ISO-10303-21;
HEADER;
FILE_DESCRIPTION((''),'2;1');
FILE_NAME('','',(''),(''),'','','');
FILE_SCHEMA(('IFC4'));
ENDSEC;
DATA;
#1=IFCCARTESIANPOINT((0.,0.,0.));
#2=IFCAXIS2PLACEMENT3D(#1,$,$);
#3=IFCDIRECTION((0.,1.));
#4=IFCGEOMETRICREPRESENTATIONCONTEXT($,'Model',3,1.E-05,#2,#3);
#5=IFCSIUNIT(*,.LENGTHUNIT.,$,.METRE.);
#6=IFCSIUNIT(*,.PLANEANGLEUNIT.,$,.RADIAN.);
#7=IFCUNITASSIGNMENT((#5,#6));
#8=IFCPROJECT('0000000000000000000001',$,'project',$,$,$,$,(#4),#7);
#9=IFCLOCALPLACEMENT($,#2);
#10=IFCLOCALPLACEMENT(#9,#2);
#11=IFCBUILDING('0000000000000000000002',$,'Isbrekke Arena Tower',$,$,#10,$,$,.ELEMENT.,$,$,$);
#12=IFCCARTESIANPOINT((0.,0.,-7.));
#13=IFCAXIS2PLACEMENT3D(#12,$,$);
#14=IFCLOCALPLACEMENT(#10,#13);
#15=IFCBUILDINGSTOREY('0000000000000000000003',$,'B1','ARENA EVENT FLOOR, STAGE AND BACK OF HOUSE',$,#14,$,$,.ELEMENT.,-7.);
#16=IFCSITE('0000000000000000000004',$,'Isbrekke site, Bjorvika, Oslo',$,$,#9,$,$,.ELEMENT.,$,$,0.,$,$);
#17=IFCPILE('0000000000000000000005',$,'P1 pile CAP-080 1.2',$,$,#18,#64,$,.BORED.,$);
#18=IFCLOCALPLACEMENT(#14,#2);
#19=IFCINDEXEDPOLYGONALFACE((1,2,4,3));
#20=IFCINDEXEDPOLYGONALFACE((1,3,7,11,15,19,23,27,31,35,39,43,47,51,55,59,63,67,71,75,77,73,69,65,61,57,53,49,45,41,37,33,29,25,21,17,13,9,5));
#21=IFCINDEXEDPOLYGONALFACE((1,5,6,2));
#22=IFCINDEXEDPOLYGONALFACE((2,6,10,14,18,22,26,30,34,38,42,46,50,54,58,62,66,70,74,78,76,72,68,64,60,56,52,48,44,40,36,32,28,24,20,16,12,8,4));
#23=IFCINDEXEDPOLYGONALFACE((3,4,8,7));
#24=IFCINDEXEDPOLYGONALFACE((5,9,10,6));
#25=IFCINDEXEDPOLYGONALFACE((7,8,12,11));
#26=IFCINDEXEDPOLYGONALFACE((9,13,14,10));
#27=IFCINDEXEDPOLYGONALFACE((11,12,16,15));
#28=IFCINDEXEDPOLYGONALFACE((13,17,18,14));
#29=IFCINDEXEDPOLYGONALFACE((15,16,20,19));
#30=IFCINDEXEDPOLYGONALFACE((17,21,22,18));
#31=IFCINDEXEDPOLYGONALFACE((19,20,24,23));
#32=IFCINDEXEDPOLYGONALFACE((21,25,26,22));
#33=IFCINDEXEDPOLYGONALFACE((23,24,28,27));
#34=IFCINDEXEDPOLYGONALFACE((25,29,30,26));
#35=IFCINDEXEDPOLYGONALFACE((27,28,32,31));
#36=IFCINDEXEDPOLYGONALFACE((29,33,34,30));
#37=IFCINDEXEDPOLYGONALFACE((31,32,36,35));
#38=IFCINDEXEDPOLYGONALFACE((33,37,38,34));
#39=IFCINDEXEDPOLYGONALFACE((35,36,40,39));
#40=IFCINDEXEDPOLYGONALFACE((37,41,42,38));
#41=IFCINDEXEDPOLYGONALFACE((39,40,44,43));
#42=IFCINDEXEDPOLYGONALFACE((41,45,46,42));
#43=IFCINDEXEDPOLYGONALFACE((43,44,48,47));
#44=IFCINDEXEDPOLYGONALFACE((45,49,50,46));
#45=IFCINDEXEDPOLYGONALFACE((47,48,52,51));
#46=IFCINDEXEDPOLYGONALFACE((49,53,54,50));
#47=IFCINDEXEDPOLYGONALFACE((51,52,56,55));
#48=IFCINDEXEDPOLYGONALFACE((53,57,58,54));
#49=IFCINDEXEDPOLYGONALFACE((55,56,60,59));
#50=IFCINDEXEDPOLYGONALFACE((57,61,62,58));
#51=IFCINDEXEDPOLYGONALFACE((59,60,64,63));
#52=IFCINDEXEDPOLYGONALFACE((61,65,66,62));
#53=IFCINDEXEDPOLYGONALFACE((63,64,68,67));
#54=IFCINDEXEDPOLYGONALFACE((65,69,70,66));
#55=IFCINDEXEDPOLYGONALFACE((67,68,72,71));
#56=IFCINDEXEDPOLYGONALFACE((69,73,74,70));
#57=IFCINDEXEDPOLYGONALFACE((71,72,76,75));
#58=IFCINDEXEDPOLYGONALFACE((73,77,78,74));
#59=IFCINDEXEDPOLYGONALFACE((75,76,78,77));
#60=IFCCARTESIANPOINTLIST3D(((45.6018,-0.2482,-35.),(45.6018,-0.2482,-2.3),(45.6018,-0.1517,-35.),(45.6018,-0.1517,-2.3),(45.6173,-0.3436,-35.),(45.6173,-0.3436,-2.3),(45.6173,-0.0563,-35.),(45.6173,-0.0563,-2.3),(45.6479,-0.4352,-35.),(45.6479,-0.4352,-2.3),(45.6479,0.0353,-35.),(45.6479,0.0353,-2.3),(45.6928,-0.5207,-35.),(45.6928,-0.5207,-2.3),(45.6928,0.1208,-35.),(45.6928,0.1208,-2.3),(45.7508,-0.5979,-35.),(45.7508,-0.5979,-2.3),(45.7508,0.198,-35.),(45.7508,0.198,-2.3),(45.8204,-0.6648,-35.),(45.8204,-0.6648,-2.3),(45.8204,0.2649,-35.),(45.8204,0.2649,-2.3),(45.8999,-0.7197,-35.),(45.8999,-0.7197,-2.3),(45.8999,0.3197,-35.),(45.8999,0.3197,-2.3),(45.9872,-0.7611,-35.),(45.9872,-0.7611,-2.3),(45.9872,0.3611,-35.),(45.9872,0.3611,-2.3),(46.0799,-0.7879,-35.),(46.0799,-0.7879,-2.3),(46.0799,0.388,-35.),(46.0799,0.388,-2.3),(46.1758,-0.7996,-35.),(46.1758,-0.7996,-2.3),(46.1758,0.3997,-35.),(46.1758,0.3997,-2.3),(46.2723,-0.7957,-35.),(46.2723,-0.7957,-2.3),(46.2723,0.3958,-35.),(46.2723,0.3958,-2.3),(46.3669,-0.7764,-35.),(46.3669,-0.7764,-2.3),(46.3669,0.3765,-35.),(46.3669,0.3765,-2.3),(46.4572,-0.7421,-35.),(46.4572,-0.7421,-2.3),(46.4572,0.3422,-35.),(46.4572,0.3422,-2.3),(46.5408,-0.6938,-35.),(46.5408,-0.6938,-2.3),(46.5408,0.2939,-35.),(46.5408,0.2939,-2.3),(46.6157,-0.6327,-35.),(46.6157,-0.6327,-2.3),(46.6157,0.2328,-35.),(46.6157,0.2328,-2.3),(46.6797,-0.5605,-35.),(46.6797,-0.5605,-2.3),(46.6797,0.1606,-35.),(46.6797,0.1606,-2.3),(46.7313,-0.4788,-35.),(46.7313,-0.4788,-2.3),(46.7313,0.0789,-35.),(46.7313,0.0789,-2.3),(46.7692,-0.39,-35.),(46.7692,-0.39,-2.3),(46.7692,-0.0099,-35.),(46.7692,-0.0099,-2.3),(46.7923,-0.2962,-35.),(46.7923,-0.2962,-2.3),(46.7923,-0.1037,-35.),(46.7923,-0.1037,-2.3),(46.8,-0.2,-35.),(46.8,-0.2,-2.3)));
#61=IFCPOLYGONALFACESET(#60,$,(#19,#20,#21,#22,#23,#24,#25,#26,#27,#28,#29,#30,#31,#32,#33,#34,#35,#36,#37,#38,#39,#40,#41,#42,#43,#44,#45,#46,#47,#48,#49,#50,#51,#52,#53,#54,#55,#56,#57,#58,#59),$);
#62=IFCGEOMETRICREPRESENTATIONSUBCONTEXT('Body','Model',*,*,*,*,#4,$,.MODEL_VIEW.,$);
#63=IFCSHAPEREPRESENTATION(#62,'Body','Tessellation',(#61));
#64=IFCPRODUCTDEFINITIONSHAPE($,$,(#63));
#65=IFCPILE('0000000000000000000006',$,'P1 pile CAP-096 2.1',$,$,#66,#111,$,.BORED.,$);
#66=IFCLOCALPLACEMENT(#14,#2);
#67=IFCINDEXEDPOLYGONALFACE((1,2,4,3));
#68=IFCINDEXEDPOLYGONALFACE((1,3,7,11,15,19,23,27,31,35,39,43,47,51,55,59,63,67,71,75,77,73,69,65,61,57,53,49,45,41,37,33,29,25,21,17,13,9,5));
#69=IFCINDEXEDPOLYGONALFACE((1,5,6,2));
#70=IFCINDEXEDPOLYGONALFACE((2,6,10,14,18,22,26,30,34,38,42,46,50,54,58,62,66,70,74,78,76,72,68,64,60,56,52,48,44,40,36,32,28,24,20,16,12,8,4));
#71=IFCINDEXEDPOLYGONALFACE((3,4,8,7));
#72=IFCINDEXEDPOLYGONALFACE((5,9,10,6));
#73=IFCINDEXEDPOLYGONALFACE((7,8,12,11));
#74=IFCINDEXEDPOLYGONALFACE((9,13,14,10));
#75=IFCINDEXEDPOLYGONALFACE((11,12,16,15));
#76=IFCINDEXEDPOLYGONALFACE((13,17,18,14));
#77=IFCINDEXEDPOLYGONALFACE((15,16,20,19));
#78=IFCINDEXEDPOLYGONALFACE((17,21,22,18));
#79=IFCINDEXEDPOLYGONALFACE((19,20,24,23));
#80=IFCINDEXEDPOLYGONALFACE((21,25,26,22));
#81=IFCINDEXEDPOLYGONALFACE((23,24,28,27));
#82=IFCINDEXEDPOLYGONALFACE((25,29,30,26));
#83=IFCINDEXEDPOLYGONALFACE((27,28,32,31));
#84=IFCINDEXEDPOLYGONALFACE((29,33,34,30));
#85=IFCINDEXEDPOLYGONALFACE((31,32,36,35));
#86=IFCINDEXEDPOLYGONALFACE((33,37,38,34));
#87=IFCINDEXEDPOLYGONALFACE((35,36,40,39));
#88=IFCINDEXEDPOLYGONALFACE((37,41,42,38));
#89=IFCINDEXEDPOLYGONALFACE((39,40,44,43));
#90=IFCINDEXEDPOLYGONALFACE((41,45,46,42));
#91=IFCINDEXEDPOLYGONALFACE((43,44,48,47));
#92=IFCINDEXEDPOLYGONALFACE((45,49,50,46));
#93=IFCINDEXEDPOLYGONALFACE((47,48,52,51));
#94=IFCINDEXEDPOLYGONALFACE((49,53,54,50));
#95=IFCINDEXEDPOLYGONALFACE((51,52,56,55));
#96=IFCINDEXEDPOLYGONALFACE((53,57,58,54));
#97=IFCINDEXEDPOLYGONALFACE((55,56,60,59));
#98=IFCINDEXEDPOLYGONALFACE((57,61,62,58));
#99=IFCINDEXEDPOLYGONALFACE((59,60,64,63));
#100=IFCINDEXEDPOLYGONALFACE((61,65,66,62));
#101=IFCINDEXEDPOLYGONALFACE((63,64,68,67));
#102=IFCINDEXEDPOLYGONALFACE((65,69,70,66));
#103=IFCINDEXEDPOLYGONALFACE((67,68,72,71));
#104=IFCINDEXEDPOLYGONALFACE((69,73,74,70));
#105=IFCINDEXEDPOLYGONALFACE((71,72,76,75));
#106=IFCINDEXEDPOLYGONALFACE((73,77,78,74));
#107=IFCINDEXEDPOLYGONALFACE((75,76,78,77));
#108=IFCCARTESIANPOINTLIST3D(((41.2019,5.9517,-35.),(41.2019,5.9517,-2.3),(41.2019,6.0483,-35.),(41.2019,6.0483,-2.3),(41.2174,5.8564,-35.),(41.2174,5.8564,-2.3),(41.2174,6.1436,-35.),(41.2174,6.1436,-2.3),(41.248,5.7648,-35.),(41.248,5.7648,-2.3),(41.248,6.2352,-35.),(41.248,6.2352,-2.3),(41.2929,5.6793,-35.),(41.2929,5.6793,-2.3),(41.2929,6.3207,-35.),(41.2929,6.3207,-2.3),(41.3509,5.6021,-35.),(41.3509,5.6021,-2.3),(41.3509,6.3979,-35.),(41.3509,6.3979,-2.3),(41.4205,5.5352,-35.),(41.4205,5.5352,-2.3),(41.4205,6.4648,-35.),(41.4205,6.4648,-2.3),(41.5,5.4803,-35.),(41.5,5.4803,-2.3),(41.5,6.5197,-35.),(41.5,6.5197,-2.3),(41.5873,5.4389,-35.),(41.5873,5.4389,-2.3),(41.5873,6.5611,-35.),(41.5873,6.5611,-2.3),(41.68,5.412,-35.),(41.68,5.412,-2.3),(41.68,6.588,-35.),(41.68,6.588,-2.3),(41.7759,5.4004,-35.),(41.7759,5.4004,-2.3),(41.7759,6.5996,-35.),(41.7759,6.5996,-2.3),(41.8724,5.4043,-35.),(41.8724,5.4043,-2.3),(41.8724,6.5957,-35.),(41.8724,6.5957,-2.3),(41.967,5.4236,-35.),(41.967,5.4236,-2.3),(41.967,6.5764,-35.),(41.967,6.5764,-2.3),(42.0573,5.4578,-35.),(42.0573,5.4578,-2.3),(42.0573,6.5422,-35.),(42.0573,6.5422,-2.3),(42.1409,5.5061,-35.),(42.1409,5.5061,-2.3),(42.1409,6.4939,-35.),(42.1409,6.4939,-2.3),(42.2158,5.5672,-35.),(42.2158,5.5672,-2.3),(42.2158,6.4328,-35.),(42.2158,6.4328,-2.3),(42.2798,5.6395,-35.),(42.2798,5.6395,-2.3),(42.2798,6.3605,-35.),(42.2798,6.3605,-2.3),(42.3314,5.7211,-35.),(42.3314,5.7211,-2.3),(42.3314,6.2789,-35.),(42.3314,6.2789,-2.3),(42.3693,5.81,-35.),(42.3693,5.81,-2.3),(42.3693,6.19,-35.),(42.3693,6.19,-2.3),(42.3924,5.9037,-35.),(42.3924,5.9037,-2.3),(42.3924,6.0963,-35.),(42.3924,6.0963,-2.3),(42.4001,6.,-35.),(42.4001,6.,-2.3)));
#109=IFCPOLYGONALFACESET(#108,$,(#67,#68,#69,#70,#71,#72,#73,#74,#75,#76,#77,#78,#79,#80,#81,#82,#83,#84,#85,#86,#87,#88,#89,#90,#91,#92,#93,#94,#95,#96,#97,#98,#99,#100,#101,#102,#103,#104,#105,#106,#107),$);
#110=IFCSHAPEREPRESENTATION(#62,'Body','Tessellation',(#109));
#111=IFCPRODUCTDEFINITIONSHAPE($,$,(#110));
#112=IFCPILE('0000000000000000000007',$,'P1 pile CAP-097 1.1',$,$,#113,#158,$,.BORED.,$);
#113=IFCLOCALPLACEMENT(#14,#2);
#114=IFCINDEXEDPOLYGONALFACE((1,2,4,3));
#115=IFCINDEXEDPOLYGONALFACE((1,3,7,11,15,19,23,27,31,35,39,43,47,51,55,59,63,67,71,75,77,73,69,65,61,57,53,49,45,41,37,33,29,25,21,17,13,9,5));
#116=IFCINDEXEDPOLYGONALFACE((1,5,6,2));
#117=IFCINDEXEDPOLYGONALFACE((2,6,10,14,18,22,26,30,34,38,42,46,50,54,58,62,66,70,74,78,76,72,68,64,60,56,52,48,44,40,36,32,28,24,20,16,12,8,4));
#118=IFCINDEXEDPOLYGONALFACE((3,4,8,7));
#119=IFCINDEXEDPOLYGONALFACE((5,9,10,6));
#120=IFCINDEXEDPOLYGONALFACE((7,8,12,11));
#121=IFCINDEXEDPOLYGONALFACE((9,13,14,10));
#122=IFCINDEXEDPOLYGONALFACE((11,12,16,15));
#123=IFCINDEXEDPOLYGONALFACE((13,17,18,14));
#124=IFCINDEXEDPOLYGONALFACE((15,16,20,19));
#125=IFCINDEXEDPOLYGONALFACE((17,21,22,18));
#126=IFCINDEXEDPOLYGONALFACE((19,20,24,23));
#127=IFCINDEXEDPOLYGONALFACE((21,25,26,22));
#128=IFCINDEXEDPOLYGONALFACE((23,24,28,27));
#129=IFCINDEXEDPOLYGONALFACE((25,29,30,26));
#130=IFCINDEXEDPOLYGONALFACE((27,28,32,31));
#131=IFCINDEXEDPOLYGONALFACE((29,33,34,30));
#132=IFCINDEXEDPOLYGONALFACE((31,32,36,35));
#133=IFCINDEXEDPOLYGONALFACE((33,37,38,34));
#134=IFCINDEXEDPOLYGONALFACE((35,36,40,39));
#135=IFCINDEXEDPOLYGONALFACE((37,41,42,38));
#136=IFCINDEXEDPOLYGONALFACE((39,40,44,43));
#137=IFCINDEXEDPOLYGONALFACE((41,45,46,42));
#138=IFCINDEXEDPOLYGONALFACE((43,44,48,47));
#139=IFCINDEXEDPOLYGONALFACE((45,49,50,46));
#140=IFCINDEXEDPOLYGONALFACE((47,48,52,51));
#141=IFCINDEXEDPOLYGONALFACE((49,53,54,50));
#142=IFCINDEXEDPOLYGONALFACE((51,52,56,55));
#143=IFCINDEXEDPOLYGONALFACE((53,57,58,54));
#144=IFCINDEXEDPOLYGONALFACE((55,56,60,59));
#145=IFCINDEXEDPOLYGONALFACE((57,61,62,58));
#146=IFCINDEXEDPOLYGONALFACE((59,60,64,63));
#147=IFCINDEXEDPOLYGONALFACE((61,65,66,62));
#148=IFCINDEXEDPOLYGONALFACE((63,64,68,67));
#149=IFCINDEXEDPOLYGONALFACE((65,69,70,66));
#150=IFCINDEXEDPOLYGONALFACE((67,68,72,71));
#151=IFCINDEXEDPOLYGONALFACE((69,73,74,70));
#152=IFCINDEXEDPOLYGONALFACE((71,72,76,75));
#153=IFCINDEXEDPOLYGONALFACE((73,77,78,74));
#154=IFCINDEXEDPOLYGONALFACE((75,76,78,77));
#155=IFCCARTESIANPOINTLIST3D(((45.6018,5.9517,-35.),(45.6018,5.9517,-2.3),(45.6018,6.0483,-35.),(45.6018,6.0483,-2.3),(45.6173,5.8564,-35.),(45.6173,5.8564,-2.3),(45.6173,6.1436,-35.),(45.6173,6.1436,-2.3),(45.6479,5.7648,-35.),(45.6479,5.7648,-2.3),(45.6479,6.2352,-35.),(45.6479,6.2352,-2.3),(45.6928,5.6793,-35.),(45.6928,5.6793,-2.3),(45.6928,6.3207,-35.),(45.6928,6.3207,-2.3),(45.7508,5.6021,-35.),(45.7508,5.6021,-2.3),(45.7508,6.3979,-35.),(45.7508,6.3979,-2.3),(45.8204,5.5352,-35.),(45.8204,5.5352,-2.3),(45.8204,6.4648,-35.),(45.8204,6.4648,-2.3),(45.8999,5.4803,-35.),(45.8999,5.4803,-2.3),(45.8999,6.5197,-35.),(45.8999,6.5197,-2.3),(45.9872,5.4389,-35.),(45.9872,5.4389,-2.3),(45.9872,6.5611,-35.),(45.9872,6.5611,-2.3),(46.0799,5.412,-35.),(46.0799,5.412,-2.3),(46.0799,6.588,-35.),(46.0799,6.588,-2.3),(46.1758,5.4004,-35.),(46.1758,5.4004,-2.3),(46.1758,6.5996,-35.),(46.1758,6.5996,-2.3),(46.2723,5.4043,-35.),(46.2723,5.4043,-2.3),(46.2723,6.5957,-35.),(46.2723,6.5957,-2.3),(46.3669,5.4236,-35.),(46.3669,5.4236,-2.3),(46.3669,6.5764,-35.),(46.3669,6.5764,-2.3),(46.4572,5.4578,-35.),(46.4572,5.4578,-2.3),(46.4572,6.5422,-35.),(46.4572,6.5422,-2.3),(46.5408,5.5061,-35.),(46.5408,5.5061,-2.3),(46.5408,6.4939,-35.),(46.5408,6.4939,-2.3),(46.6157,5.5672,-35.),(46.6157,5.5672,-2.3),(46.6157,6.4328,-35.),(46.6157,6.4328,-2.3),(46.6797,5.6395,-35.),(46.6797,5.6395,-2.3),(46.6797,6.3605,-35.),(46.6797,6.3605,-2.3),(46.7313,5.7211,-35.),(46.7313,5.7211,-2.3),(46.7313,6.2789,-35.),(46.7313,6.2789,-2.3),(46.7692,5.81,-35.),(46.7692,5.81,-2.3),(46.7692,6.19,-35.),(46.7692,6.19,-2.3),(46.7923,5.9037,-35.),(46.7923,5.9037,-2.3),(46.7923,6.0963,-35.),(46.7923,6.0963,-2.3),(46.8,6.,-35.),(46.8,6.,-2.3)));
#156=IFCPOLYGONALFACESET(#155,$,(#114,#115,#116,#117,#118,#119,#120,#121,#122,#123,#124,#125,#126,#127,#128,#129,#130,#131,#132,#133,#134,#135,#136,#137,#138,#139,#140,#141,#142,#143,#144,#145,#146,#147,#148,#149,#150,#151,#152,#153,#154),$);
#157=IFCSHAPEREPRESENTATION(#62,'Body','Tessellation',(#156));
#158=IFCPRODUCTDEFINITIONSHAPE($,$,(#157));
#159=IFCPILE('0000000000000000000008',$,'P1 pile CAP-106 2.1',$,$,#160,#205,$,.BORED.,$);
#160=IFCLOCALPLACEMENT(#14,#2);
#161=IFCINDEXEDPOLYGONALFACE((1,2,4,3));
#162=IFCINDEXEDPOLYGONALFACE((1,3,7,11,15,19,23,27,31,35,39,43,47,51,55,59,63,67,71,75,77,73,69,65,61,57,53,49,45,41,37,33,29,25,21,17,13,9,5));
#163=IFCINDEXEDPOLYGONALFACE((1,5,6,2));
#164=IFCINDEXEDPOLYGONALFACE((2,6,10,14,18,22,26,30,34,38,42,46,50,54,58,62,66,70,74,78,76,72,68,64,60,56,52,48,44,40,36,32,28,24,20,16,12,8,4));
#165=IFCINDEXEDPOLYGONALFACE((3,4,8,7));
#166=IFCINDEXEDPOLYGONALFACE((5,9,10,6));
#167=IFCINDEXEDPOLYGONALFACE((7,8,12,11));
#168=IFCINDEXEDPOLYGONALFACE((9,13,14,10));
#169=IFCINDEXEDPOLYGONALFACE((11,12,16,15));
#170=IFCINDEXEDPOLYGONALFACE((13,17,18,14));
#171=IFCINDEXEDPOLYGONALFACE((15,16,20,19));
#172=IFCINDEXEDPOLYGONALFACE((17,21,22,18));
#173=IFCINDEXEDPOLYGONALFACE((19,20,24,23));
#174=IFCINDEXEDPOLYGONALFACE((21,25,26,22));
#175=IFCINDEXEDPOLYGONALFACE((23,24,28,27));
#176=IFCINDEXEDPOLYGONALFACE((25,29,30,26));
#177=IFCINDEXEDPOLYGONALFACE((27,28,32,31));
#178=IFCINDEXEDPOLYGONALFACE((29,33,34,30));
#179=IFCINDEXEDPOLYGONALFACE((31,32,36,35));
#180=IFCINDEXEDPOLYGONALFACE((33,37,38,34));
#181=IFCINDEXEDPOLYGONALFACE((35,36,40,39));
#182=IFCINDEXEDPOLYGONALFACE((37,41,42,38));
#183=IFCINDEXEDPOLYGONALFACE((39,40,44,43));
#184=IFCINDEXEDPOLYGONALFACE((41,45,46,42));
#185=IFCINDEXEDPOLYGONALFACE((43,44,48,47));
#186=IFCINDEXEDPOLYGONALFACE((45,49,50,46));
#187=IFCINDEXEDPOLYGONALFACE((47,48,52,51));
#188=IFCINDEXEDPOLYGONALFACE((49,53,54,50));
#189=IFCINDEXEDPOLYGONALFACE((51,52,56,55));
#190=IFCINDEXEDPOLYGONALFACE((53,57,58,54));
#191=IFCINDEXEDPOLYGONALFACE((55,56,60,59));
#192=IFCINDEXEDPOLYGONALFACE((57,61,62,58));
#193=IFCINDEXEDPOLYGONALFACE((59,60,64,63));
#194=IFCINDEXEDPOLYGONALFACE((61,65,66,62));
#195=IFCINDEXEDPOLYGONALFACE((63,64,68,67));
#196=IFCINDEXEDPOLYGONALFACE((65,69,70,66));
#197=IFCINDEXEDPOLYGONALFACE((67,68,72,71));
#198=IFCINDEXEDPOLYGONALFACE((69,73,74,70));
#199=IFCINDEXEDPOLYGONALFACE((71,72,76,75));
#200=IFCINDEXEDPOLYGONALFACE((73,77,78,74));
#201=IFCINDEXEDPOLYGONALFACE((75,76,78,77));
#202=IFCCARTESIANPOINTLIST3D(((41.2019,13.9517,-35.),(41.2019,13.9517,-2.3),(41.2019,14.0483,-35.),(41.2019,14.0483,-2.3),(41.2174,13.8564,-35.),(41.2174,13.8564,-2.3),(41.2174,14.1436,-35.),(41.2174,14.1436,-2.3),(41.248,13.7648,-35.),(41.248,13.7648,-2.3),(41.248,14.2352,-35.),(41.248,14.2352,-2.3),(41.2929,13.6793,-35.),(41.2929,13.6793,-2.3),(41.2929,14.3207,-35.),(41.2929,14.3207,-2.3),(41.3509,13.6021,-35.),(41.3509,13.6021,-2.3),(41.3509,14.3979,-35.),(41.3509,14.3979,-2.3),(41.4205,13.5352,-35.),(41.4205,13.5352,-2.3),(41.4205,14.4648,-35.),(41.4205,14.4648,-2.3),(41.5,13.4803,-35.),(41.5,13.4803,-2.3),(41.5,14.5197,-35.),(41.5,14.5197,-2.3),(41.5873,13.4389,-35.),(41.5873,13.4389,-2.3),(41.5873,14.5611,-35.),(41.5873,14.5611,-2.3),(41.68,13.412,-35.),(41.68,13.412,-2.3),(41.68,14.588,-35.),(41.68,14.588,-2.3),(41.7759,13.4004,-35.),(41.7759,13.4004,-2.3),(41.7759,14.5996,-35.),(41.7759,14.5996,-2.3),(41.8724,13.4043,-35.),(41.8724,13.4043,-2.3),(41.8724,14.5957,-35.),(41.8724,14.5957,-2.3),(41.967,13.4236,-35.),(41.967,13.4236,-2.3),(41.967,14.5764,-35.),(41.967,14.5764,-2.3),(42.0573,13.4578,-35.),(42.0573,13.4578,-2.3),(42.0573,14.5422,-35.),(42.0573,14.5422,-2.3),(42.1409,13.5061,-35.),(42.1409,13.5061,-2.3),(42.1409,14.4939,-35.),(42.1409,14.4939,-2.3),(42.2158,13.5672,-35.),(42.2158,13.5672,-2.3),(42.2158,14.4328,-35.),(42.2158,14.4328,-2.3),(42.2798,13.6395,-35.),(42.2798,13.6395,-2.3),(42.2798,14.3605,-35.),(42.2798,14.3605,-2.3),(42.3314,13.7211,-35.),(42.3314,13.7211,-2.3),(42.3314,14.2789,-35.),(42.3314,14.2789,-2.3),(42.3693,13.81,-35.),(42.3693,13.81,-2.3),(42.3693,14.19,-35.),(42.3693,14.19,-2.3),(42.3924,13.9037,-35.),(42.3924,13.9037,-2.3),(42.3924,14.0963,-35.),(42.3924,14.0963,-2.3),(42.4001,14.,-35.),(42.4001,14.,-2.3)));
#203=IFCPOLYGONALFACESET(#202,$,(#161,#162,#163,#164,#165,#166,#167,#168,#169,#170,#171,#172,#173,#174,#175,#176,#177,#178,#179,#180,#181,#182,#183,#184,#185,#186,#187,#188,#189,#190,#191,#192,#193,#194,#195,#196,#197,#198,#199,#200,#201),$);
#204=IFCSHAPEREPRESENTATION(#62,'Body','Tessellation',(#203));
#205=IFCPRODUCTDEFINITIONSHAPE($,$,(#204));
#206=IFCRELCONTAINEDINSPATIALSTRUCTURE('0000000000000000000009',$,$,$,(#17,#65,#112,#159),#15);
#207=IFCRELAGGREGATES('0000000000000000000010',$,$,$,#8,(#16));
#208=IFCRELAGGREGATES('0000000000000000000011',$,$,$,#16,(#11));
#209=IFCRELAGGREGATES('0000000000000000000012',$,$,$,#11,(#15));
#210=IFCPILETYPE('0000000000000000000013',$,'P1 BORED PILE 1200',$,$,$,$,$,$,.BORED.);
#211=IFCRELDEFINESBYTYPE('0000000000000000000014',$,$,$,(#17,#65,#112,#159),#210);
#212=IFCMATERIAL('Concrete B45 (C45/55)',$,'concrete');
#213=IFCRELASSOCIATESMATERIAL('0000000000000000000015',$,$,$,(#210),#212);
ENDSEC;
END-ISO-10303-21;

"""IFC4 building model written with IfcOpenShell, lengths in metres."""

from ifc_helpers import new_model, si_unit, direction, frame, origin, origin_2d, place, context, subcontext, project, spatial, circle, extrude, material, material_profile, profile_set, type_object, element, save


model = new_model("IFC4")

# Units and contexts
model_context = context("Model", 3, precision=1e-05, world=origin(), true_north=direction((0.0, 1.0)))
body_context = subcontext(model_context, "Body", "Model", "MODEL_VIEW")
ifc_project = project(units=[si_unit("LENGTHUNIT", "METRE"), si_unit("PLANEANGLEUNIT", "RADIAN")], contexts=[model_context])

# Site, building, storey
site_placement = place(None, origin())
site = spatial("IfcSite", under=ifc_project, at=site_placement, Name="Isbrekke site, Bjorvika, Oslo", CompositionType="ELEMENT", RefElevation=0.0)
building_placement = place(site_placement, origin())
building = spatial("IfcBuilding", under=site, at=building_placement, Name="Isbrekke Arena Tower", CompositionType="ELEMENT")
storey_placement = place(building_placement, frame((0.0, 0.0, -7.0)))
storey = spatial("IfcBuildingStorey", under=building, at=storey_placement, Name="B1", Description="ARENA EVENT FLOOR, STAGE AND BACK OF HOUSE", CompositionType="ELEMENT", Elevation=-7.0)

# Piles
ifc_material_1 = material(Name="Concrete B45 (C45/55)", Category="concrete")
ifc_material_profile_1 = material_profile(ifc_material_1, circle(Radius=0.6001, at=origin_2d()), Name="BORED PILE D1200")
ifc_profile_set_1 = profile_set([ifc_material_profile_1], Name="Concrete B45 (C45/55)")
pile_type = type_object("IfcPileType", Name="P1 BORED PILE 1200", PredefinedType="BORED", material=ifc_profile_set_1)
for number, where, z_axis, x_axis, name in (
    (1, (46.2, -0.2, -2.3), (0.0, 0.0, -1.0), (1.0, 0.0, 0.0), "P1 pile CAP-080 1.2"),
    (2, (41.8, 6.0, -2.3), (0.0, 0.0, -1.0), (1.0, 0.0, 0.0), "P1 pile CAP-096 2.1"),
    (3, (46.2, 6.0, -2.3), (0.0, 0.0, -1.0), (1.0, 0.0, 0.0), "P1 pile CAP-097 1.1"),
    (4, (41.8, 14.0, -2.3), (0.0, 0.0, -1.0), (1.0, 0.0, 0.0), "P1 pile CAP-106 2.1"),
):
    element("IfcPile", number, at=place(storey_placement, frame(where, z_axis=z_axis, x_axis=x_axis)), inside=storey, type_object=pile_type, Name=name, PredefinedType="BORED", context=body_context, shape_type="SweptSolid", body=[
        extrude(circle(Radius=0.6001, at=origin_2d()), origin(), (0.0, 0.0, 1.0), 32.7),
    ])

save(model, "model.ifc")
